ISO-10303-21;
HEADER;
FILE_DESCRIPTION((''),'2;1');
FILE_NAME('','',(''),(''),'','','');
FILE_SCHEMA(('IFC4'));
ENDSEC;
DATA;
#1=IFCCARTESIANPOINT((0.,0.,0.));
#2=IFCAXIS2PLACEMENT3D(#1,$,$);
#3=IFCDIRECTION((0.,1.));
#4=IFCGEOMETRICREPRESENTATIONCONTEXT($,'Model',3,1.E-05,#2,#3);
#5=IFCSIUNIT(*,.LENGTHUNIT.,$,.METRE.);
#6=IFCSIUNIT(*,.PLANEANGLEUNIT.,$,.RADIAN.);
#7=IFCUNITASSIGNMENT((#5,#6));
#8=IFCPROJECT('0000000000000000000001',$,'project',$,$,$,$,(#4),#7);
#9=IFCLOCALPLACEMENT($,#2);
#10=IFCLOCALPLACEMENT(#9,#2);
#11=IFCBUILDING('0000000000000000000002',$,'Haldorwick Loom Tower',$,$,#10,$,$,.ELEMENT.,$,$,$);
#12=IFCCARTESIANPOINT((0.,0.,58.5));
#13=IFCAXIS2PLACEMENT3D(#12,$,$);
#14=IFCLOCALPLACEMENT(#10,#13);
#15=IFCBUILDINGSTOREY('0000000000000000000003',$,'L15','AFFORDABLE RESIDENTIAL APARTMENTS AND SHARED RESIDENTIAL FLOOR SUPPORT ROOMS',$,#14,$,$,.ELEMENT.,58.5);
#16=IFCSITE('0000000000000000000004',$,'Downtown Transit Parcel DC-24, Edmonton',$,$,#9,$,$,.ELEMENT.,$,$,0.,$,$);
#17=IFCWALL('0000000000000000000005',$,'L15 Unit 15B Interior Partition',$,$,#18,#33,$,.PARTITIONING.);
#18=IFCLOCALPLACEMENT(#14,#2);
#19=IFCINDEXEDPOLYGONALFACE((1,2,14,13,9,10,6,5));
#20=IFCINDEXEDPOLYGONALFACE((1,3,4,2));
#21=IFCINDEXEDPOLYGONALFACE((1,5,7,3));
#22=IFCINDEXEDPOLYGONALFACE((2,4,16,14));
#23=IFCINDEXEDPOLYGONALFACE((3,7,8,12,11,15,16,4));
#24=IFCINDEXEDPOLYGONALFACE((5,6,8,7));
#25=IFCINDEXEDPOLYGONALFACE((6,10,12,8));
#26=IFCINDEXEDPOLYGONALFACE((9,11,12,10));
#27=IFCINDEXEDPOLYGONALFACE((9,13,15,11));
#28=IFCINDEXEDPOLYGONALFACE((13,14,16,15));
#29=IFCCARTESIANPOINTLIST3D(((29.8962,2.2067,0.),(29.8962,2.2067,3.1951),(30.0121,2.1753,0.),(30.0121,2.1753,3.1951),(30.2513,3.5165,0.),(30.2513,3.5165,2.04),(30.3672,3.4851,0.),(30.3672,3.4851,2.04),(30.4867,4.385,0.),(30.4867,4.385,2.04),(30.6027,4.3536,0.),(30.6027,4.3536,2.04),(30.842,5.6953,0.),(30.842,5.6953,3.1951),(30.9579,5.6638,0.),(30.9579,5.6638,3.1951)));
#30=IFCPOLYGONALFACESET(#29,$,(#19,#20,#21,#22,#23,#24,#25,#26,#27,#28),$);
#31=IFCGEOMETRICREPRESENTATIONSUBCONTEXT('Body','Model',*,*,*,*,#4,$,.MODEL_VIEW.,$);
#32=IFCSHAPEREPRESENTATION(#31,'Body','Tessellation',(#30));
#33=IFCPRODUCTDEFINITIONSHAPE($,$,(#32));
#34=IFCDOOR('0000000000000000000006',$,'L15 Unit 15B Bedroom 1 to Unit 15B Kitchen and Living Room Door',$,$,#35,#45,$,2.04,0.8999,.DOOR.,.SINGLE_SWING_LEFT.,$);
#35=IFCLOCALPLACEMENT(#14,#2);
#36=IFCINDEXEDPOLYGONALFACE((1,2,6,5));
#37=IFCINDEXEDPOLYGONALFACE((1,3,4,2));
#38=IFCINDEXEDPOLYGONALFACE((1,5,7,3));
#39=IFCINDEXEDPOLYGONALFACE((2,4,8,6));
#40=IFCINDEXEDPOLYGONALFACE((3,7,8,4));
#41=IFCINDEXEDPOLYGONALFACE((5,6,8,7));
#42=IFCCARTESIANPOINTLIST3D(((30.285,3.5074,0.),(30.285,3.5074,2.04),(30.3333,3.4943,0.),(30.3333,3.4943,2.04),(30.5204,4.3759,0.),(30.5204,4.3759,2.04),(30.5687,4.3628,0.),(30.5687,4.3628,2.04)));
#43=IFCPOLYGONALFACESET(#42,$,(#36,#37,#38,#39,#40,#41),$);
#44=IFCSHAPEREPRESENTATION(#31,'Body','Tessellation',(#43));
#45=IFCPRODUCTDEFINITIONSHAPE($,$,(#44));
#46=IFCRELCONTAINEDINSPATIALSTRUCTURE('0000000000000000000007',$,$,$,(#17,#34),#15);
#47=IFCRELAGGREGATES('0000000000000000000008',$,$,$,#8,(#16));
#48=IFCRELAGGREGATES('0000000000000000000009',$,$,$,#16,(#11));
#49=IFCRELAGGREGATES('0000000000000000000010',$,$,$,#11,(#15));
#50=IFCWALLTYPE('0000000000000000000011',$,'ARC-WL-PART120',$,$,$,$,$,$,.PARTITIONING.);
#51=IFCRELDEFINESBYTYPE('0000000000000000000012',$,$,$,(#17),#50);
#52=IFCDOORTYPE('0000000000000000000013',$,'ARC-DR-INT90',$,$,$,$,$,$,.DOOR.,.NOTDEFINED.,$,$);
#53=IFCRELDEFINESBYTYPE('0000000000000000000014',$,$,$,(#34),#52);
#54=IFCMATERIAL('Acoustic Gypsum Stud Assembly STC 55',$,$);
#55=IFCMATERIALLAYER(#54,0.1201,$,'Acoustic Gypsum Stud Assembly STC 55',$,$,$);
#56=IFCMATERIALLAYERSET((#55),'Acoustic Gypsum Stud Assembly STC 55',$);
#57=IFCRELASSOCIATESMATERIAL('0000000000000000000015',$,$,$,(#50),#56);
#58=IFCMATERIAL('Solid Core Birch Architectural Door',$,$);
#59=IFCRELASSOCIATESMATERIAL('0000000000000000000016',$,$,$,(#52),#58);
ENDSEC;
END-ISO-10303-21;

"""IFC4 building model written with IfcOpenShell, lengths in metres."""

from ifc_helpers import new_model, si_unit, direction, frame, frame_2d, origin, place, context, subcontext, project, spatial, rectangle, extrude, material, layer, layer_set, type_object, element, fill, save


model = new_model("IFC4")

# Units and contexts
model_context = context("Model", 3, precision=1e-05, world=origin(), true_north=direction((0.0, 1.0)))
body_context = subcontext(model_context, "Body", "Model", "MODEL_VIEW")
ifc_project = project(units=[si_unit("LENGTHUNIT", "METRE"), si_unit("PLANEANGLEUNIT", "RADIAN")], contexts=[model_context])

# Site, building, storey
site_placement = place(None, origin())
site = spatial("IfcSite", under=ifc_project, at=site_placement, Name="Downtown Transit Parcel DC-24, Edmonton", CompositionType="ELEMENT", RefElevation=0.0)
building_placement = place(site_placement, origin())
building = spatial("IfcBuilding", under=site, at=building_placement, Name="Haldorwick Loom Tower", CompositionType="ELEMENT")
storey_placement = place(building_placement, frame((0.0, 0.0, 58.5)))
storey = spatial("IfcBuildingStorey", under=building, at=storey_placement, Name="L15", Description="AFFORDABLE RESIDENTIAL APARTMENTS AND SHARED RESIDENTIAL FLOOR SUPPORT ROOMS", CompositionType="ELEMENT", Elevation=58.5)

# Shared definitions
ifc_material_1 = material(Name="Solid Core Birch Architectural Door")

# Wall, opening, door
ifc_material_2 = material(Name="Acoustic Gypsum Stud Assembly STC 55")
ifc_layer_1 = layer(ifc_material_2, 0.1201, Name="Acoustic Gypsum Stud Assembly STC 55")
ifc_layer_set_1 = layer_set([ifc_layer_1], Name="Acoustic Gypsum Stud Assembly STC 55")
wall_type_1 = type_object("IfcWallType", Name="ARC-WL-PART120", PredefinedType="PARTITIONING", material=ifc_layer_set_1)
wall_1_placement = place(storey_placement, frame((30.8999, 5.6794, 0.0), z_axis=(0.0, 0.0, 1.0), x_axis=(-0.261671, -0.965157, 0.0)))
wall_1 = element("IfcWall", 1, at=wall_1_placement, inside=storey, type_object=wall_type_1, Name="L15 Unit 15B Interior Partition", PredefinedType="PARTITIONING", context=body_context, shape_type="SweptSolid", body=[
    extrude(rectangle(XDim=3.6145, YDim=0.1201, at=frame_2d((1.8071, 0.0))), origin(), (0.0, 0.0, 1.0), 3.1951),
])
opening_1_placement = place(wall_1_placement, frame((1.3574, 0.0, 0.0)))
opening_1 = element("IfcOpeningElement", 2, at=opening_1_placement, cuts=wall_1, PredefinedType="OPENING", context=body_context, shape_type="SweptSolid", body=[
    extrude(rectangle(XDim=0.8999, YDim=2.04, at=frame_2d((0.45, 1.02))), frame((0.0, 0.0701, 0.0), z_axis=(0.0, -1.0, 0.0), x_axis=(1.0, 0.0, 0.0)), (0.0, 0.0, 1.0), 0.1401),
])
door_type_1 = type_object("IfcDoorType", Name="ARC-DR-INT90", OperationType="NOTDEFINED", PredefinedType="DOOR", material=ifc_material_1)
door_1_placement = place(opening_1_placement, origin())
door_1 = element("IfcDoor", 3, at=door_1_placement, inside=storey, type_object=door_type_1, Name="L15 Unit 15B Bedroom 1 to Unit 15B Kitchen and Living Room Door", OperationType="SINGLE_SWING_LEFT", OverallHeight=2.04, OverallWidth=0.8999, PredefinedType="DOOR", context=body_context, shape_type="SweptSolid", body=[
    extrude(rectangle(XDim=0.8999, YDim=2.04, at=frame_2d((0.45, 1.02))), frame((0.0, 0.0249, 0.0), z_axis=(0.0, -1.0, 0.0), x_axis=(1.0, 0.0, 0.0)), (0.0, 0.0, 1.0), 0.05),
])
fill(opening_1, door_1)

save(model, "model.ifc")
